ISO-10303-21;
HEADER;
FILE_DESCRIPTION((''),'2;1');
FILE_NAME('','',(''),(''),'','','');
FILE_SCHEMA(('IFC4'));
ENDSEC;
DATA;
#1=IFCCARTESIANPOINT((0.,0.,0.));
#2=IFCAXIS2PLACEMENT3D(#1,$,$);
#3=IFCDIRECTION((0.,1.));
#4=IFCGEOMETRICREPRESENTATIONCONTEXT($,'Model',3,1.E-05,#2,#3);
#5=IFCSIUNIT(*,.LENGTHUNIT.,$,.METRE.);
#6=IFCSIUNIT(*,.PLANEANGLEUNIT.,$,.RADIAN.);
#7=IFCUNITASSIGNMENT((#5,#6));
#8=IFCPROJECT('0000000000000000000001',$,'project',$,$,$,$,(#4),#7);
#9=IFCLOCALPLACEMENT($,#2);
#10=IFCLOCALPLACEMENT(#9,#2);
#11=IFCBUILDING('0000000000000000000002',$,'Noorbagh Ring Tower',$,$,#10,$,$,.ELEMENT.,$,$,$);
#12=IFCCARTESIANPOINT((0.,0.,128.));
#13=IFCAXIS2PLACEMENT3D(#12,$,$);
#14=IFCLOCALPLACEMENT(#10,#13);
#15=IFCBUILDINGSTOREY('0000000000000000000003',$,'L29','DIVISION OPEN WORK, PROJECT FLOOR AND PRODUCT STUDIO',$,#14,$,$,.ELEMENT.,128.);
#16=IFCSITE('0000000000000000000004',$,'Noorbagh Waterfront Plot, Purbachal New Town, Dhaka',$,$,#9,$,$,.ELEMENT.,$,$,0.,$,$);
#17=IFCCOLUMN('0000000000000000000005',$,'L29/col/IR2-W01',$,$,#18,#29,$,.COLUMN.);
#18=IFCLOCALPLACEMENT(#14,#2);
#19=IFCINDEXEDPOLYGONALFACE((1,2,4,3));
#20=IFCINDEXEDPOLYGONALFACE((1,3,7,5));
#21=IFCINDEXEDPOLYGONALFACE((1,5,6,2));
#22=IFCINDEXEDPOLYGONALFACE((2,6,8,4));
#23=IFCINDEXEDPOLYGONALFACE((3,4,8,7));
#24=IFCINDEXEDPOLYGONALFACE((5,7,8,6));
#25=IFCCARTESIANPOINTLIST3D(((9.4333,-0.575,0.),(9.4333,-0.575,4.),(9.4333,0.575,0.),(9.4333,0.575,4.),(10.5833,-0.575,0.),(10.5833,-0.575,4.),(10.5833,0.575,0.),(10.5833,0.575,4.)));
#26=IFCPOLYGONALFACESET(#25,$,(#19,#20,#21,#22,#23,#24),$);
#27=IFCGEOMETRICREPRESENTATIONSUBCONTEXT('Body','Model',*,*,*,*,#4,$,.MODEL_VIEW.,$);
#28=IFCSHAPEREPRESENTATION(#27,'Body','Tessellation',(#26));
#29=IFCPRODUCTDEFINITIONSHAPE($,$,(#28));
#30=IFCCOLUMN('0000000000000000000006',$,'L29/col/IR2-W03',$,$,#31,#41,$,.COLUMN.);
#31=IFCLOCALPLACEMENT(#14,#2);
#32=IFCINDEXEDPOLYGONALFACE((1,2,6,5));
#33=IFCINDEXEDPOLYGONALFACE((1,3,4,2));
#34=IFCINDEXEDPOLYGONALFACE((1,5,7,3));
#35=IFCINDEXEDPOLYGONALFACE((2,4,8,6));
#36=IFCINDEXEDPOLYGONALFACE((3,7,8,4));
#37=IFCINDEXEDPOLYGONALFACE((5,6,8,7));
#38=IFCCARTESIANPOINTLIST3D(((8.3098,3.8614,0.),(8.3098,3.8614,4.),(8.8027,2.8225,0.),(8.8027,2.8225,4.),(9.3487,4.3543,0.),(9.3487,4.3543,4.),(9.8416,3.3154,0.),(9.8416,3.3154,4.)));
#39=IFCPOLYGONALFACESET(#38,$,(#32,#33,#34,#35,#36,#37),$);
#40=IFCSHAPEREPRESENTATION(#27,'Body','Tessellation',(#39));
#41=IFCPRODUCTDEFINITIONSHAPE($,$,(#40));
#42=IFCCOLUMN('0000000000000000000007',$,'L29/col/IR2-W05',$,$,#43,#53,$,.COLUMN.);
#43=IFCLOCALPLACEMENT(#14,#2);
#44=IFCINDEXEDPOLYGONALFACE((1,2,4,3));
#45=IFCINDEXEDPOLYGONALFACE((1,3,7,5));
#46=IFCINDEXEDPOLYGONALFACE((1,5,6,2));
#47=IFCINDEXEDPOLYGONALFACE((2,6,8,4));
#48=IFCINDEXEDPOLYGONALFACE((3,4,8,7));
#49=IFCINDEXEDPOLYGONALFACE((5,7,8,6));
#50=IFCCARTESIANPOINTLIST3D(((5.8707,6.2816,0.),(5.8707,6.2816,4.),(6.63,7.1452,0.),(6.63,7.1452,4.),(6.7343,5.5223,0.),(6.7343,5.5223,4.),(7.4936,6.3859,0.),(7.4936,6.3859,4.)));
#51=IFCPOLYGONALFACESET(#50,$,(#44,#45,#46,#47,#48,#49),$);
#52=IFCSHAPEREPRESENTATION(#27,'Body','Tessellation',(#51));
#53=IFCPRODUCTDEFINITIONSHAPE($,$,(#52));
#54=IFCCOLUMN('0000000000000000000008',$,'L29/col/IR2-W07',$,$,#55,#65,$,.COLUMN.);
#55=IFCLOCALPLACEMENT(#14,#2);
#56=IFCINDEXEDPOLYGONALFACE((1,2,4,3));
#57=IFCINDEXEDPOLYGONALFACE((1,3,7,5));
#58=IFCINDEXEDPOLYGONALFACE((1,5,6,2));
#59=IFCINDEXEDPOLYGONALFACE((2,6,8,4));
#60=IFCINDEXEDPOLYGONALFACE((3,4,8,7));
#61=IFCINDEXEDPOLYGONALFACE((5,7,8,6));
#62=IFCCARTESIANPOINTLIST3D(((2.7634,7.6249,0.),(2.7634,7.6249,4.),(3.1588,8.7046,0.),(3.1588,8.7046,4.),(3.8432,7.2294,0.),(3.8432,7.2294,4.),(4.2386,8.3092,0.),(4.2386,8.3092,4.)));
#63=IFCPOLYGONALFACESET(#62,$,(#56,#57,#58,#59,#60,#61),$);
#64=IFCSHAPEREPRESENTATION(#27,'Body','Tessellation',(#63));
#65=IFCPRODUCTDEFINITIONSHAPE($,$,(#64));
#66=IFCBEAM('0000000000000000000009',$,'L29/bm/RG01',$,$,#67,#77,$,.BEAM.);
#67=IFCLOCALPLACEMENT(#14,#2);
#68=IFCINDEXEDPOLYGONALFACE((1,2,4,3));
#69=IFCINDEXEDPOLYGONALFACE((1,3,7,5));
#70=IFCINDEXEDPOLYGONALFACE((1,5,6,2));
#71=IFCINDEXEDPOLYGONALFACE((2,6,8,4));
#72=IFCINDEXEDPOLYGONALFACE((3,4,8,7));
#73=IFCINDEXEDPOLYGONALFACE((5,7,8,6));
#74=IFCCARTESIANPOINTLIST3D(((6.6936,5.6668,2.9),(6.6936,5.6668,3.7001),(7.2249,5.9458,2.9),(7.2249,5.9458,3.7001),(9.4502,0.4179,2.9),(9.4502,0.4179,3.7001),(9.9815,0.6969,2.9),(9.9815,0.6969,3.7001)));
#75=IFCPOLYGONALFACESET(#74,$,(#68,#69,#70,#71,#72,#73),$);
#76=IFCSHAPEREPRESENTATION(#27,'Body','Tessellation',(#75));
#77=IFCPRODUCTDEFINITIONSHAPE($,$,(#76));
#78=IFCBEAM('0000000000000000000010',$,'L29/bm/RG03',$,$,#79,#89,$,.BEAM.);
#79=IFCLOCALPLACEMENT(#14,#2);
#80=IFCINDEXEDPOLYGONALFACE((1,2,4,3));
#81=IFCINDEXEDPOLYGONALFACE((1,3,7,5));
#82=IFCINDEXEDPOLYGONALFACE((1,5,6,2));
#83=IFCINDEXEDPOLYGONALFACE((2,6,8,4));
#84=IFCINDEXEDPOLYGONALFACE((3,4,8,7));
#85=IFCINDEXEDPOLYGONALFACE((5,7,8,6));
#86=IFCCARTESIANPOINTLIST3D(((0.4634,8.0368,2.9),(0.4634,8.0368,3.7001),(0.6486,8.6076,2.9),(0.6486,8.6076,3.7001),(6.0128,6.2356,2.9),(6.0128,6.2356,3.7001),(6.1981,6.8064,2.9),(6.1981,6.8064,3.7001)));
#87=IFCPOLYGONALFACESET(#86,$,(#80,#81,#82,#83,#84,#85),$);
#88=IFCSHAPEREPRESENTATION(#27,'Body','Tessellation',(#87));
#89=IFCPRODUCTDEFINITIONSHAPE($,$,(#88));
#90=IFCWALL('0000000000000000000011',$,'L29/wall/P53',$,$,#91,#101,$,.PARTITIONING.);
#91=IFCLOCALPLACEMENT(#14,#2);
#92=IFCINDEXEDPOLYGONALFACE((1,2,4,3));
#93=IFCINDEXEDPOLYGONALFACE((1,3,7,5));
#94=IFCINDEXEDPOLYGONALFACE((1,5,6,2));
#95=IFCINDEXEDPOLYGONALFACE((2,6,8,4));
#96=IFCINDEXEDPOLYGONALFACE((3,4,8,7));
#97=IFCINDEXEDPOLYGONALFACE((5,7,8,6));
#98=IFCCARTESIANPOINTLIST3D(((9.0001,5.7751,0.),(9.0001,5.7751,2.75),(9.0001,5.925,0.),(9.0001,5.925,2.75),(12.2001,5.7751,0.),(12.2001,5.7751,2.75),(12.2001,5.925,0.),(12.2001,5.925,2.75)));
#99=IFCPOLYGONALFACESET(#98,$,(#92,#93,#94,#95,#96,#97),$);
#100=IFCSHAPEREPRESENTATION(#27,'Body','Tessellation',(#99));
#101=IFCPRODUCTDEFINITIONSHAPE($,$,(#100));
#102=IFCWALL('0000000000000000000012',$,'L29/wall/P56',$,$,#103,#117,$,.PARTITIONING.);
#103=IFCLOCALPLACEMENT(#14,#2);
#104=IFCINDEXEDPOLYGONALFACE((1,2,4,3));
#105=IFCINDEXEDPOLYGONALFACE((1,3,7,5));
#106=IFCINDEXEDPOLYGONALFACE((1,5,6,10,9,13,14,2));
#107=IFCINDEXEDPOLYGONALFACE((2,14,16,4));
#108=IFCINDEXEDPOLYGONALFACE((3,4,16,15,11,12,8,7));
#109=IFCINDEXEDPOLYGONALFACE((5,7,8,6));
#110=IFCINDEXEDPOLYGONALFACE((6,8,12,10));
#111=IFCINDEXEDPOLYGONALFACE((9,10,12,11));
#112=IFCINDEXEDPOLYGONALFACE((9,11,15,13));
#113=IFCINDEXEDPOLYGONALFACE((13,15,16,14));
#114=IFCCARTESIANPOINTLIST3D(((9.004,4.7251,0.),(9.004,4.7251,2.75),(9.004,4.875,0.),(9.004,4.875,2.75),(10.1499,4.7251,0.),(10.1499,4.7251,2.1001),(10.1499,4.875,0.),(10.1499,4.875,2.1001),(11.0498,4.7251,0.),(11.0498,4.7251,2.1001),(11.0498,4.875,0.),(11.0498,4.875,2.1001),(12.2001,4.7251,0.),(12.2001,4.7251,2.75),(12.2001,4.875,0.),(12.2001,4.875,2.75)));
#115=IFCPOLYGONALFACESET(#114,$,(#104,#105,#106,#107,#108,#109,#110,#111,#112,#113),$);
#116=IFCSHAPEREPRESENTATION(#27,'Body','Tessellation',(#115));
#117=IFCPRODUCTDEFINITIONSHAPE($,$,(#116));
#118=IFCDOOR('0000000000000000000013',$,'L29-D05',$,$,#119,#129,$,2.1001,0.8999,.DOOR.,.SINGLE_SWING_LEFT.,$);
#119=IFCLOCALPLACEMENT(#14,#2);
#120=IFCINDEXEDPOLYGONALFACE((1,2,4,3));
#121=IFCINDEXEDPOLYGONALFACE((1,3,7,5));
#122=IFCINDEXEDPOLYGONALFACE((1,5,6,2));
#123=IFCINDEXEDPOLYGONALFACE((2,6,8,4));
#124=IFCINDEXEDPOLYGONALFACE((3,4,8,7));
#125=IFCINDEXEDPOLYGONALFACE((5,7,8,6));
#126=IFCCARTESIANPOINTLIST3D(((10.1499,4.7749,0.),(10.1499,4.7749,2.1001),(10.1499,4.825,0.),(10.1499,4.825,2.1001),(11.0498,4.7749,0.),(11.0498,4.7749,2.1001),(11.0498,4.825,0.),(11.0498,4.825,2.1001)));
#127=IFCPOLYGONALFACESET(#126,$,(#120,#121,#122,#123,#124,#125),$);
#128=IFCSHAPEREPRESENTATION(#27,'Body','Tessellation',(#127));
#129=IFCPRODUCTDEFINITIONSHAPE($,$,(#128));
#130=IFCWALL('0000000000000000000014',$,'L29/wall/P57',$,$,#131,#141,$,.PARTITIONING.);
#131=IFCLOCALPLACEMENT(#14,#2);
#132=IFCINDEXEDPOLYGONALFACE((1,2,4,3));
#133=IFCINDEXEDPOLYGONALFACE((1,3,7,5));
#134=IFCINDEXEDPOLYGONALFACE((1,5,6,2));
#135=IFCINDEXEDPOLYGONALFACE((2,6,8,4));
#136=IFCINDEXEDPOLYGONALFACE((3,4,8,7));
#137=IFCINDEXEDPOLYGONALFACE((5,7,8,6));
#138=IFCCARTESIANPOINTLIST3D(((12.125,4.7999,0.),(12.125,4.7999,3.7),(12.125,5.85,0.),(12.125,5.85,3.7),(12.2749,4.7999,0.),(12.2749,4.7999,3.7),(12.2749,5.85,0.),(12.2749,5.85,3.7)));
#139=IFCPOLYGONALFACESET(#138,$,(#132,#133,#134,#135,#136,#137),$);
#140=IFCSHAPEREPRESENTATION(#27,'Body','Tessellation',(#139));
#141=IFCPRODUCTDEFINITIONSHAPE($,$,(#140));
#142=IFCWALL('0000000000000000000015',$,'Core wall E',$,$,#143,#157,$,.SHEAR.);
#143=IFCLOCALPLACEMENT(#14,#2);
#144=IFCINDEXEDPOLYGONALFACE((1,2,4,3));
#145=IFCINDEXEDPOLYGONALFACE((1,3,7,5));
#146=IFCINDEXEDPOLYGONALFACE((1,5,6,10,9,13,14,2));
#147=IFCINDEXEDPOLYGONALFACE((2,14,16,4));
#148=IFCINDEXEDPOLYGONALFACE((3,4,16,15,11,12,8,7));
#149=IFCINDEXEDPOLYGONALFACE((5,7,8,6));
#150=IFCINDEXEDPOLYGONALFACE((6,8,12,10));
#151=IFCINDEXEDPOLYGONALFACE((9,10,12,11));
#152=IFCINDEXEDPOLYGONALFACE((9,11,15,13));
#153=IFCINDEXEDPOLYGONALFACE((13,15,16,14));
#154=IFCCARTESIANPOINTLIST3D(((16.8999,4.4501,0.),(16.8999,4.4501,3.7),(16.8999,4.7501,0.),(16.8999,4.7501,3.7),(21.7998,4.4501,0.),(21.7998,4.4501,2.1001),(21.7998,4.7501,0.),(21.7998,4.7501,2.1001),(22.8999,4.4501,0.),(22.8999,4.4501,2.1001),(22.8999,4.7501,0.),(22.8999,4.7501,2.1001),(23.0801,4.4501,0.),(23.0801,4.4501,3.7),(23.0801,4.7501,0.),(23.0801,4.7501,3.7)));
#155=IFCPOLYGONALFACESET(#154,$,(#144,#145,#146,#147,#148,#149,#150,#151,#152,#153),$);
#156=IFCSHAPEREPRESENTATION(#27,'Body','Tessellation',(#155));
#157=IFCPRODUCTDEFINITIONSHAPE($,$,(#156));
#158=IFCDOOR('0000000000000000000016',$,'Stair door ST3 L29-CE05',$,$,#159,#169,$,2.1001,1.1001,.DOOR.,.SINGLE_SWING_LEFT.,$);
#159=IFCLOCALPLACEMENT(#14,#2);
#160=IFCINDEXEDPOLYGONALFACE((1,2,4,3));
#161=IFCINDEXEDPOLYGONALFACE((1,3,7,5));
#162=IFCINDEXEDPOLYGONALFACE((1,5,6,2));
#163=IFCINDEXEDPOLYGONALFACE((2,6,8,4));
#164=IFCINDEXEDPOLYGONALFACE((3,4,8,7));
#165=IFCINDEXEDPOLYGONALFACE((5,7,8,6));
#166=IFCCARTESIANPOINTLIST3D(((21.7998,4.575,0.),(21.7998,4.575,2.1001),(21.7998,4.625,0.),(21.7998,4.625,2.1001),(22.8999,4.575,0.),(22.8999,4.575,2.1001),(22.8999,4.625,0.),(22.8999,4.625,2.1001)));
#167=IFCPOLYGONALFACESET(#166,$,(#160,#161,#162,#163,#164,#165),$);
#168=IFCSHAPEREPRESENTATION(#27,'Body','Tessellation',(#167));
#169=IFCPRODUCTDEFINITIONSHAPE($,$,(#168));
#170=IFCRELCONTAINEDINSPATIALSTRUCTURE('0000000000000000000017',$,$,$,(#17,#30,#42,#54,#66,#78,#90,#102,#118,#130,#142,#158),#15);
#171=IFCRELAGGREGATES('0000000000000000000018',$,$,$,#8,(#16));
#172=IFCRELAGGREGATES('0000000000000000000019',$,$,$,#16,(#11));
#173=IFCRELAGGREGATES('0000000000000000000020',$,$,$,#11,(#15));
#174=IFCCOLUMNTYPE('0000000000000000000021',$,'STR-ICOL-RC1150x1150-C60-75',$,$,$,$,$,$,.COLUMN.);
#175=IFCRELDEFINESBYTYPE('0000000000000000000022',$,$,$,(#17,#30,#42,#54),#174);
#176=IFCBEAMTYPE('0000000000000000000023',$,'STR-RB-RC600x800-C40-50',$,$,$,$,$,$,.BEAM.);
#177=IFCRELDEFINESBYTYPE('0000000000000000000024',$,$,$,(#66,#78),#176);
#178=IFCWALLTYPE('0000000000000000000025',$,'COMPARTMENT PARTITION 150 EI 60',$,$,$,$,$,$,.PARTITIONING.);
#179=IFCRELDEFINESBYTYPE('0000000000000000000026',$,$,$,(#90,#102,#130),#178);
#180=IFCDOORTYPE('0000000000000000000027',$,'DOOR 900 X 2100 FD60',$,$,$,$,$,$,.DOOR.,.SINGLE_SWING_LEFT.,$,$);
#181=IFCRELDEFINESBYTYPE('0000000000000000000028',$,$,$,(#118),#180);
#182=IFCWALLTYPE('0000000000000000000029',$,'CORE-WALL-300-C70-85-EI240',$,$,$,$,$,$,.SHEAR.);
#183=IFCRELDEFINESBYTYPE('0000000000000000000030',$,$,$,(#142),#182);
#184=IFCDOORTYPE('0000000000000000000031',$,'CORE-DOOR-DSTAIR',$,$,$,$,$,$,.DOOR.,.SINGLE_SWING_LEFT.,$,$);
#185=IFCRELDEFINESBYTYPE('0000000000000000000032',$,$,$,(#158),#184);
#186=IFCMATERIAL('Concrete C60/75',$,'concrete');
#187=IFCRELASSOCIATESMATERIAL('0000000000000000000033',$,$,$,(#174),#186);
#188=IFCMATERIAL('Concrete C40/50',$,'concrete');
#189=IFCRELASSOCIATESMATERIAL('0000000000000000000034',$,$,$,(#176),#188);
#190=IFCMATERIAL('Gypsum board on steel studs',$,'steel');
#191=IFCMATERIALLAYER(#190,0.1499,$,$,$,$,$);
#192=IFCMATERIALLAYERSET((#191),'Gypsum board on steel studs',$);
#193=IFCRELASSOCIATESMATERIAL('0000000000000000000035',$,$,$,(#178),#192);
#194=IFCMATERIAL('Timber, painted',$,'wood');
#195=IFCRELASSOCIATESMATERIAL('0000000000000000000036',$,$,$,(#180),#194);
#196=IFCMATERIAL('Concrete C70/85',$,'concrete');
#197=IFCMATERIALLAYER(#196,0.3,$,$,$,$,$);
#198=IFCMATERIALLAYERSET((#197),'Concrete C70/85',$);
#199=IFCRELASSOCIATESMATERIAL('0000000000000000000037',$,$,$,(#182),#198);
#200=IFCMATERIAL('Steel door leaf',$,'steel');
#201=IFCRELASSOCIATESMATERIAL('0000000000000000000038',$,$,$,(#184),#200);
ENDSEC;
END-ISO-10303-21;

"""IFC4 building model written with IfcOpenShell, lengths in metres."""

from ifc_helpers import new_model, si_unit, direction, frame, frame_2d, origin, origin_2d, place, context, subcontext, project, spatial, rectangle, extrude, material, layer, layer_set, material_profile, profile_set, type_object, element, fill, save


model = new_model("IFC4")

# Units and contexts
model_context = context("Model", 3, precision=1e-05, world=origin(), true_north=direction((0.0, 1.0)))
body_context = subcontext(model_context, "Body", "Model", "MODEL_VIEW")
ifc_project = project(units=[si_unit("LENGTHUNIT", "METRE"), si_unit("PLANEANGLEUNIT", "RADIAN")], contexts=[model_context])

# Site, building, storey
site_placement = place(None, origin())
site = spatial("IfcSite", under=ifc_project, at=site_placement, Name="Noorbagh Waterfront Plot, Purbachal New Town, Dhaka", CompositionType="ELEMENT", RefElevation=0.0)
building_placement = place(site_placement, origin())
building = spatial("IfcBuilding", under=site, at=building_placement, Name="Noorbagh Ring Tower", CompositionType="ELEMENT")
storey_placement = place(building_placement, frame((0.0, 0.0, 128.0)))
storey = spatial("IfcBuildingStorey", under=building, at=storey_placement, Name="L29", Description="DIVISION OPEN WORK, PROJECT FLOOR AND PRODUCT STUDIO", CompositionType="ELEMENT", Elevation=128.0)

# Columns
ifc_material_1 = material(Name="Concrete C60/75", Category="concrete")
ifc_material_profile_1 = material_profile(ifc_material_1, rectangle(XDim=1.1499, YDim=1.1499, at=origin_2d()), Name="RC1150x1150")
ifc_profile_set_1 = profile_set([ifc_material_profile_1], Name="Concrete C60/75")
column_type = type_object("IfcColumnType", Name="STR-ICOL-RC1150x1150-C60-75", PredefinedType="COLUMN", material=ifc_profile_set_1)
for number, where, z_axis, x_axis, name in (
    (1, (10.0083, 0.0, 0.0), (0.0, 0.0, 1.0), (0.0, 1.0, 0.0), "L29/col/IR2-W01"),
    (2, (9.0757, 3.5884, 0.0), (0.0, 0.0, 1.0), (-0.428667, 0.903463, 0.0), "L29/col/IR2-W03"),
    (3, (6.6821, 6.3337, 0.0), (0.0, 0.0, 1.0), (-0.751022, 0.660277, 0.0), "L29/col/IR2-W05"),
    (4, (3.501, 7.967, 0.0), (0.0, 0.0, 1.0), (-0.93902, 0.343864, 0.0), "L29/col/IR2-W07"),
):
    element("IfcColumn", number, at=place(storey_placement, frame(where, z_axis=z_axis, x_axis=x_axis)), inside=storey, type_object=column_type, Name=name, PredefinedType="COLUMN", context=body_context, shape_type="SweptSolid", body=[
        extrude(rectangle(XDim=1.1499, YDim=1.1499, at=origin_2d()), origin(), (0.0, 0.0, 1.0), 4.0),
    ])

# Beams
ifc_material_2 = material(Name="Concrete C40/50", Category="concrete")
ifc_material_profile_2 = material_profile(ifc_material_2, rectangle(XDim=0.6001, YDim=0.8, at=origin_2d()), Name="RC600x800")
ifc_profile_set_2 = profile_set([ifc_material_profile_2], Name="Concrete C40/50")
beam_type = type_object("IfcBeamType", Name="STR-RB-RC600x800-C40-50", PredefinedType="BEAM", material=ifc_profile_set_2)
beam_1_placement = place(storey_placement, frame((9.7158, 0.5574, 3.3), z_axis=(-0.464947, 0.885339, 0.0), x_axis=(-0.885339, -0.464947, 0.0)))
element("IfcBeam", 5, at=beam_1_placement, inside=storey, type_object=beam_type, Name="L29/bm/RG01", PredefinedType="BEAM", context=body_context, shape_type="SweptSolid", body=[
    extrude(rectangle(XDim=0.6001, YDim=0.8, at=origin_2d()), origin(), (0.0, 0.0, 1.0), 5.9287),
])
beam_2_placement = place(storey_placement, frame((6.1055, 6.521, 3.3), z_axis=(-0.951152, 0.308724, 0.0), x_axis=(-0.308724, -0.951152, 0.0)))
element("IfcBeam", 6, at=beam_2_placement, inside=storey, type_object=beam_type, Name="L29/bm/RG03", PredefinedType="BEAM", context=body_context, shape_type="SweptSolid", body=[
    extrude(rectangle(XDim=0.6001, YDim=0.8, at=origin_2d()), origin(), (0.0, 0.0, 1.0), 5.8345),
])

# Wall
ifc_material_3 = material(Name="Gypsum board on steel studs", Category="steel")
ifc_layer_1 = layer(ifc_material_3, 0.1499)
ifc_layer_set_1 = layer_set([ifc_layer_1], Name="Gypsum board on steel studs")
wall_type_1 = type_object("IfcWallType", Name="COMPARTMENT PARTITION 150 EI 60", PredefinedType="PARTITIONING", material=ifc_layer_set_1)
wall_1_placement = place(storey_placement, frame((9.0, 5.8501, 0.0), z_axis=(0.0, 0.0, 1.0), x_axis=(1.0, 0.0, 0.0)))
element("IfcWall", 7, at=wall_1_placement, inside=storey, type_object=wall_type_1, Name="L29/wall/P53", PredefinedType="PARTITIONING", context=body_context, shape_type="SweptSolid", body=[
    extrude(rectangle(XDim=3.2, YDim=0.1499, at=frame_2d((1.6001, 0.0))), origin(), (0.0, 0.0, 1.0), 2.75),
])

# Wall, opening, door
wall_2_placement = place(storey_placement, frame((9.0039, 4.8, 0.0), z_axis=(0.0, 0.0, 1.0), x_axis=(1.0, 0.0, 0.0)))
wall_2 = element("IfcWall", 8, at=wall_2_placement, inside=storey, type_object=wall_type_1, Name="L29/wall/P56", PredefinedType="PARTITIONING", context=body_context, shape_type="SweptSolid", body=[
    extrude(rectangle(XDim=3.196, YDim=0.1499, at=frame_2d((1.5981, 0.0))), origin(), (0.0, 0.0, 1.0), 2.75),
])
opening_1_placement = place(wall_2_placement, frame((1.146, 0.0, 0.0)))
opening_1 = element("IfcOpeningElement", 9, at=opening_1_placement, cuts=wall_2, PredefinedType="OPENING", context=body_context, shape_type="SweptSolid", body=[
    extrude(rectangle(XDim=0.8999, YDim=2.1001, at=frame_2d((0.45, 1.05))), frame((0.0, 0.085, 0.0), z_axis=(0.0, -1.0, 0.0), x_axis=(1.0, 0.0, 0.0)), (0.0, 0.0, 1.0), 0.1699),
])
ifc_material_4 = material(Name="Timber, painted", Category="wood")
door_type_1 = type_object("IfcDoorType", Name="DOOR 900 X 2100 FD60", OperationType="SINGLE_SWING_LEFT", PredefinedType="DOOR", material=ifc_material_4)
door_1_placement = place(opening_1_placement, origin())
door_1 = element("IfcDoor", 10, at=door_1_placement, inside=storey, type_object=door_type_1, Name="L29-D05", OperationType="SINGLE_SWING_LEFT", OverallHeight=2.1001, OverallWidth=0.8999, PredefinedType="DOOR", context=body_context, shape_type="SweptSolid", body=[
    extrude(rectangle(XDim=0.8999, YDim=2.1001, at=frame_2d((0.45, 1.05))), frame((0.0, 0.0249, 0.0), z_axis=(0.0, -1.0, 0.0), x_axis=(1.0, 0.0, 0.0)), (0.0, 0.0, 1.0), 0.05),
])
fill(opening_1, door_1)

# Wall
wall_3_placement = place(storey_placement, frame((12.2, 4.8, 0.0), z_axis=(0.0, 0.0, 1.0), x_axis=(0.0, 1.0, 0.0)))
element("IfcWall", 11, at=wall_3_placement, inside=storey, type_object=wall_type_1, Name="L29/wall/P57", PredefinedType="PARTITIONING", context=body_context, shape_type="SweptSolid", body=[
    extrude(rectangle(XDim=1.05, YDim=0.1499, at=frame_2d((0.5249, 0.0))), origin(), (0.0, 0.0, 1.0), 3.7),
])

# Wall, opening, door
ifc_material_5 = material(Name="Concrete C70/85", Category="concrete")
ifc_layer_2 = layer(ifc_material_5, 0.3)
ifc_layer_set_2 = layer_set([ifc_layer_2], Name="Concrete C70/85")
wall_type_2 = type_object("IfcWallType", Name="CORE-WALL-300-C70-85-EI240", PredefinedType="SHEAR", material=ifc_layer_set_2)
wall_4_placement = place(storey_placement, frame((16.8999, 4.6001, 0.0), z_axis=(0.0, 0.0, 1.0), x_axis=(1.0, 0.0, 0.0)))
wall_4 = element("IfcWall", 12, at=wall_4_placement, inside=storey, type_object=wall_type_2, Name="Core wall E", PredefinedType="SHEAR", context=body_context, shape_type="SweptSolid", body=[
    extrude(rectangle(XDim=6.1802, YDim=0.3, at=frame_2d((3.0901, 0.0))), origin(), (0.0, 0.0, 1.0), 3.7),
])
opening_2_placement = place(wall_4_placement, frame((4.8999, 0.0, 0.0)))
opening_2 = element("IfcOpeningElement", 13, at=opening_2_placement, cuts=wall_4, PredefinedType="OPENING", context=body_context, shape_type="SweptSolid", body=[
    extrude(rectangle(XDim=1.1001, YDim=2.1001, at=frame_2d((0.55, 1.05))), frame((0.0, 0.1602, 0.0), z_axis=(0.0, -1.0, 0.0), x_axis=(1.0, 0.0, 0.0)), (0.0, 0.0, 1.0), 0.3201),
])
ifc_material_6 = material(Name="Steel door leaf", Category="steel")
door_type_2 = type_object("IfcDoorType", Name="CORE-DOOR-DSTAIR", OperationType="SINGLE_SWING_LEFT", PredefinedType="DOOR", material=ifc_material_6)
door_2_placement = place(opening_2_placement, origin())
door_2 = element("IfcDoor", 14, at=door_2_placement, inside=storey, type_object=door_type_2, Name="Stair door ST3 L29-CE05", OperationType="SINGLE_SWING_LEFT", OverallHeight=2.1001, OverallWidth=1.1001, PredefinedType="DOOR", context=body_context, shape_type="SweptSolid", body=[
    extrude(rectangle(XDim=1.1001, YDim=2.1001, at=frame_2d((0.55, 1.05))), frame((0.0, 0.0249, 0.0), z_axis=(0.0, -1.0, 0.0), x_axis=(1.0, 0.0, 0.0)), (0.0, 0.0, 1.0), 0.05),
])
fill(opening_2, door_2)

save(model, "model.ifc")
